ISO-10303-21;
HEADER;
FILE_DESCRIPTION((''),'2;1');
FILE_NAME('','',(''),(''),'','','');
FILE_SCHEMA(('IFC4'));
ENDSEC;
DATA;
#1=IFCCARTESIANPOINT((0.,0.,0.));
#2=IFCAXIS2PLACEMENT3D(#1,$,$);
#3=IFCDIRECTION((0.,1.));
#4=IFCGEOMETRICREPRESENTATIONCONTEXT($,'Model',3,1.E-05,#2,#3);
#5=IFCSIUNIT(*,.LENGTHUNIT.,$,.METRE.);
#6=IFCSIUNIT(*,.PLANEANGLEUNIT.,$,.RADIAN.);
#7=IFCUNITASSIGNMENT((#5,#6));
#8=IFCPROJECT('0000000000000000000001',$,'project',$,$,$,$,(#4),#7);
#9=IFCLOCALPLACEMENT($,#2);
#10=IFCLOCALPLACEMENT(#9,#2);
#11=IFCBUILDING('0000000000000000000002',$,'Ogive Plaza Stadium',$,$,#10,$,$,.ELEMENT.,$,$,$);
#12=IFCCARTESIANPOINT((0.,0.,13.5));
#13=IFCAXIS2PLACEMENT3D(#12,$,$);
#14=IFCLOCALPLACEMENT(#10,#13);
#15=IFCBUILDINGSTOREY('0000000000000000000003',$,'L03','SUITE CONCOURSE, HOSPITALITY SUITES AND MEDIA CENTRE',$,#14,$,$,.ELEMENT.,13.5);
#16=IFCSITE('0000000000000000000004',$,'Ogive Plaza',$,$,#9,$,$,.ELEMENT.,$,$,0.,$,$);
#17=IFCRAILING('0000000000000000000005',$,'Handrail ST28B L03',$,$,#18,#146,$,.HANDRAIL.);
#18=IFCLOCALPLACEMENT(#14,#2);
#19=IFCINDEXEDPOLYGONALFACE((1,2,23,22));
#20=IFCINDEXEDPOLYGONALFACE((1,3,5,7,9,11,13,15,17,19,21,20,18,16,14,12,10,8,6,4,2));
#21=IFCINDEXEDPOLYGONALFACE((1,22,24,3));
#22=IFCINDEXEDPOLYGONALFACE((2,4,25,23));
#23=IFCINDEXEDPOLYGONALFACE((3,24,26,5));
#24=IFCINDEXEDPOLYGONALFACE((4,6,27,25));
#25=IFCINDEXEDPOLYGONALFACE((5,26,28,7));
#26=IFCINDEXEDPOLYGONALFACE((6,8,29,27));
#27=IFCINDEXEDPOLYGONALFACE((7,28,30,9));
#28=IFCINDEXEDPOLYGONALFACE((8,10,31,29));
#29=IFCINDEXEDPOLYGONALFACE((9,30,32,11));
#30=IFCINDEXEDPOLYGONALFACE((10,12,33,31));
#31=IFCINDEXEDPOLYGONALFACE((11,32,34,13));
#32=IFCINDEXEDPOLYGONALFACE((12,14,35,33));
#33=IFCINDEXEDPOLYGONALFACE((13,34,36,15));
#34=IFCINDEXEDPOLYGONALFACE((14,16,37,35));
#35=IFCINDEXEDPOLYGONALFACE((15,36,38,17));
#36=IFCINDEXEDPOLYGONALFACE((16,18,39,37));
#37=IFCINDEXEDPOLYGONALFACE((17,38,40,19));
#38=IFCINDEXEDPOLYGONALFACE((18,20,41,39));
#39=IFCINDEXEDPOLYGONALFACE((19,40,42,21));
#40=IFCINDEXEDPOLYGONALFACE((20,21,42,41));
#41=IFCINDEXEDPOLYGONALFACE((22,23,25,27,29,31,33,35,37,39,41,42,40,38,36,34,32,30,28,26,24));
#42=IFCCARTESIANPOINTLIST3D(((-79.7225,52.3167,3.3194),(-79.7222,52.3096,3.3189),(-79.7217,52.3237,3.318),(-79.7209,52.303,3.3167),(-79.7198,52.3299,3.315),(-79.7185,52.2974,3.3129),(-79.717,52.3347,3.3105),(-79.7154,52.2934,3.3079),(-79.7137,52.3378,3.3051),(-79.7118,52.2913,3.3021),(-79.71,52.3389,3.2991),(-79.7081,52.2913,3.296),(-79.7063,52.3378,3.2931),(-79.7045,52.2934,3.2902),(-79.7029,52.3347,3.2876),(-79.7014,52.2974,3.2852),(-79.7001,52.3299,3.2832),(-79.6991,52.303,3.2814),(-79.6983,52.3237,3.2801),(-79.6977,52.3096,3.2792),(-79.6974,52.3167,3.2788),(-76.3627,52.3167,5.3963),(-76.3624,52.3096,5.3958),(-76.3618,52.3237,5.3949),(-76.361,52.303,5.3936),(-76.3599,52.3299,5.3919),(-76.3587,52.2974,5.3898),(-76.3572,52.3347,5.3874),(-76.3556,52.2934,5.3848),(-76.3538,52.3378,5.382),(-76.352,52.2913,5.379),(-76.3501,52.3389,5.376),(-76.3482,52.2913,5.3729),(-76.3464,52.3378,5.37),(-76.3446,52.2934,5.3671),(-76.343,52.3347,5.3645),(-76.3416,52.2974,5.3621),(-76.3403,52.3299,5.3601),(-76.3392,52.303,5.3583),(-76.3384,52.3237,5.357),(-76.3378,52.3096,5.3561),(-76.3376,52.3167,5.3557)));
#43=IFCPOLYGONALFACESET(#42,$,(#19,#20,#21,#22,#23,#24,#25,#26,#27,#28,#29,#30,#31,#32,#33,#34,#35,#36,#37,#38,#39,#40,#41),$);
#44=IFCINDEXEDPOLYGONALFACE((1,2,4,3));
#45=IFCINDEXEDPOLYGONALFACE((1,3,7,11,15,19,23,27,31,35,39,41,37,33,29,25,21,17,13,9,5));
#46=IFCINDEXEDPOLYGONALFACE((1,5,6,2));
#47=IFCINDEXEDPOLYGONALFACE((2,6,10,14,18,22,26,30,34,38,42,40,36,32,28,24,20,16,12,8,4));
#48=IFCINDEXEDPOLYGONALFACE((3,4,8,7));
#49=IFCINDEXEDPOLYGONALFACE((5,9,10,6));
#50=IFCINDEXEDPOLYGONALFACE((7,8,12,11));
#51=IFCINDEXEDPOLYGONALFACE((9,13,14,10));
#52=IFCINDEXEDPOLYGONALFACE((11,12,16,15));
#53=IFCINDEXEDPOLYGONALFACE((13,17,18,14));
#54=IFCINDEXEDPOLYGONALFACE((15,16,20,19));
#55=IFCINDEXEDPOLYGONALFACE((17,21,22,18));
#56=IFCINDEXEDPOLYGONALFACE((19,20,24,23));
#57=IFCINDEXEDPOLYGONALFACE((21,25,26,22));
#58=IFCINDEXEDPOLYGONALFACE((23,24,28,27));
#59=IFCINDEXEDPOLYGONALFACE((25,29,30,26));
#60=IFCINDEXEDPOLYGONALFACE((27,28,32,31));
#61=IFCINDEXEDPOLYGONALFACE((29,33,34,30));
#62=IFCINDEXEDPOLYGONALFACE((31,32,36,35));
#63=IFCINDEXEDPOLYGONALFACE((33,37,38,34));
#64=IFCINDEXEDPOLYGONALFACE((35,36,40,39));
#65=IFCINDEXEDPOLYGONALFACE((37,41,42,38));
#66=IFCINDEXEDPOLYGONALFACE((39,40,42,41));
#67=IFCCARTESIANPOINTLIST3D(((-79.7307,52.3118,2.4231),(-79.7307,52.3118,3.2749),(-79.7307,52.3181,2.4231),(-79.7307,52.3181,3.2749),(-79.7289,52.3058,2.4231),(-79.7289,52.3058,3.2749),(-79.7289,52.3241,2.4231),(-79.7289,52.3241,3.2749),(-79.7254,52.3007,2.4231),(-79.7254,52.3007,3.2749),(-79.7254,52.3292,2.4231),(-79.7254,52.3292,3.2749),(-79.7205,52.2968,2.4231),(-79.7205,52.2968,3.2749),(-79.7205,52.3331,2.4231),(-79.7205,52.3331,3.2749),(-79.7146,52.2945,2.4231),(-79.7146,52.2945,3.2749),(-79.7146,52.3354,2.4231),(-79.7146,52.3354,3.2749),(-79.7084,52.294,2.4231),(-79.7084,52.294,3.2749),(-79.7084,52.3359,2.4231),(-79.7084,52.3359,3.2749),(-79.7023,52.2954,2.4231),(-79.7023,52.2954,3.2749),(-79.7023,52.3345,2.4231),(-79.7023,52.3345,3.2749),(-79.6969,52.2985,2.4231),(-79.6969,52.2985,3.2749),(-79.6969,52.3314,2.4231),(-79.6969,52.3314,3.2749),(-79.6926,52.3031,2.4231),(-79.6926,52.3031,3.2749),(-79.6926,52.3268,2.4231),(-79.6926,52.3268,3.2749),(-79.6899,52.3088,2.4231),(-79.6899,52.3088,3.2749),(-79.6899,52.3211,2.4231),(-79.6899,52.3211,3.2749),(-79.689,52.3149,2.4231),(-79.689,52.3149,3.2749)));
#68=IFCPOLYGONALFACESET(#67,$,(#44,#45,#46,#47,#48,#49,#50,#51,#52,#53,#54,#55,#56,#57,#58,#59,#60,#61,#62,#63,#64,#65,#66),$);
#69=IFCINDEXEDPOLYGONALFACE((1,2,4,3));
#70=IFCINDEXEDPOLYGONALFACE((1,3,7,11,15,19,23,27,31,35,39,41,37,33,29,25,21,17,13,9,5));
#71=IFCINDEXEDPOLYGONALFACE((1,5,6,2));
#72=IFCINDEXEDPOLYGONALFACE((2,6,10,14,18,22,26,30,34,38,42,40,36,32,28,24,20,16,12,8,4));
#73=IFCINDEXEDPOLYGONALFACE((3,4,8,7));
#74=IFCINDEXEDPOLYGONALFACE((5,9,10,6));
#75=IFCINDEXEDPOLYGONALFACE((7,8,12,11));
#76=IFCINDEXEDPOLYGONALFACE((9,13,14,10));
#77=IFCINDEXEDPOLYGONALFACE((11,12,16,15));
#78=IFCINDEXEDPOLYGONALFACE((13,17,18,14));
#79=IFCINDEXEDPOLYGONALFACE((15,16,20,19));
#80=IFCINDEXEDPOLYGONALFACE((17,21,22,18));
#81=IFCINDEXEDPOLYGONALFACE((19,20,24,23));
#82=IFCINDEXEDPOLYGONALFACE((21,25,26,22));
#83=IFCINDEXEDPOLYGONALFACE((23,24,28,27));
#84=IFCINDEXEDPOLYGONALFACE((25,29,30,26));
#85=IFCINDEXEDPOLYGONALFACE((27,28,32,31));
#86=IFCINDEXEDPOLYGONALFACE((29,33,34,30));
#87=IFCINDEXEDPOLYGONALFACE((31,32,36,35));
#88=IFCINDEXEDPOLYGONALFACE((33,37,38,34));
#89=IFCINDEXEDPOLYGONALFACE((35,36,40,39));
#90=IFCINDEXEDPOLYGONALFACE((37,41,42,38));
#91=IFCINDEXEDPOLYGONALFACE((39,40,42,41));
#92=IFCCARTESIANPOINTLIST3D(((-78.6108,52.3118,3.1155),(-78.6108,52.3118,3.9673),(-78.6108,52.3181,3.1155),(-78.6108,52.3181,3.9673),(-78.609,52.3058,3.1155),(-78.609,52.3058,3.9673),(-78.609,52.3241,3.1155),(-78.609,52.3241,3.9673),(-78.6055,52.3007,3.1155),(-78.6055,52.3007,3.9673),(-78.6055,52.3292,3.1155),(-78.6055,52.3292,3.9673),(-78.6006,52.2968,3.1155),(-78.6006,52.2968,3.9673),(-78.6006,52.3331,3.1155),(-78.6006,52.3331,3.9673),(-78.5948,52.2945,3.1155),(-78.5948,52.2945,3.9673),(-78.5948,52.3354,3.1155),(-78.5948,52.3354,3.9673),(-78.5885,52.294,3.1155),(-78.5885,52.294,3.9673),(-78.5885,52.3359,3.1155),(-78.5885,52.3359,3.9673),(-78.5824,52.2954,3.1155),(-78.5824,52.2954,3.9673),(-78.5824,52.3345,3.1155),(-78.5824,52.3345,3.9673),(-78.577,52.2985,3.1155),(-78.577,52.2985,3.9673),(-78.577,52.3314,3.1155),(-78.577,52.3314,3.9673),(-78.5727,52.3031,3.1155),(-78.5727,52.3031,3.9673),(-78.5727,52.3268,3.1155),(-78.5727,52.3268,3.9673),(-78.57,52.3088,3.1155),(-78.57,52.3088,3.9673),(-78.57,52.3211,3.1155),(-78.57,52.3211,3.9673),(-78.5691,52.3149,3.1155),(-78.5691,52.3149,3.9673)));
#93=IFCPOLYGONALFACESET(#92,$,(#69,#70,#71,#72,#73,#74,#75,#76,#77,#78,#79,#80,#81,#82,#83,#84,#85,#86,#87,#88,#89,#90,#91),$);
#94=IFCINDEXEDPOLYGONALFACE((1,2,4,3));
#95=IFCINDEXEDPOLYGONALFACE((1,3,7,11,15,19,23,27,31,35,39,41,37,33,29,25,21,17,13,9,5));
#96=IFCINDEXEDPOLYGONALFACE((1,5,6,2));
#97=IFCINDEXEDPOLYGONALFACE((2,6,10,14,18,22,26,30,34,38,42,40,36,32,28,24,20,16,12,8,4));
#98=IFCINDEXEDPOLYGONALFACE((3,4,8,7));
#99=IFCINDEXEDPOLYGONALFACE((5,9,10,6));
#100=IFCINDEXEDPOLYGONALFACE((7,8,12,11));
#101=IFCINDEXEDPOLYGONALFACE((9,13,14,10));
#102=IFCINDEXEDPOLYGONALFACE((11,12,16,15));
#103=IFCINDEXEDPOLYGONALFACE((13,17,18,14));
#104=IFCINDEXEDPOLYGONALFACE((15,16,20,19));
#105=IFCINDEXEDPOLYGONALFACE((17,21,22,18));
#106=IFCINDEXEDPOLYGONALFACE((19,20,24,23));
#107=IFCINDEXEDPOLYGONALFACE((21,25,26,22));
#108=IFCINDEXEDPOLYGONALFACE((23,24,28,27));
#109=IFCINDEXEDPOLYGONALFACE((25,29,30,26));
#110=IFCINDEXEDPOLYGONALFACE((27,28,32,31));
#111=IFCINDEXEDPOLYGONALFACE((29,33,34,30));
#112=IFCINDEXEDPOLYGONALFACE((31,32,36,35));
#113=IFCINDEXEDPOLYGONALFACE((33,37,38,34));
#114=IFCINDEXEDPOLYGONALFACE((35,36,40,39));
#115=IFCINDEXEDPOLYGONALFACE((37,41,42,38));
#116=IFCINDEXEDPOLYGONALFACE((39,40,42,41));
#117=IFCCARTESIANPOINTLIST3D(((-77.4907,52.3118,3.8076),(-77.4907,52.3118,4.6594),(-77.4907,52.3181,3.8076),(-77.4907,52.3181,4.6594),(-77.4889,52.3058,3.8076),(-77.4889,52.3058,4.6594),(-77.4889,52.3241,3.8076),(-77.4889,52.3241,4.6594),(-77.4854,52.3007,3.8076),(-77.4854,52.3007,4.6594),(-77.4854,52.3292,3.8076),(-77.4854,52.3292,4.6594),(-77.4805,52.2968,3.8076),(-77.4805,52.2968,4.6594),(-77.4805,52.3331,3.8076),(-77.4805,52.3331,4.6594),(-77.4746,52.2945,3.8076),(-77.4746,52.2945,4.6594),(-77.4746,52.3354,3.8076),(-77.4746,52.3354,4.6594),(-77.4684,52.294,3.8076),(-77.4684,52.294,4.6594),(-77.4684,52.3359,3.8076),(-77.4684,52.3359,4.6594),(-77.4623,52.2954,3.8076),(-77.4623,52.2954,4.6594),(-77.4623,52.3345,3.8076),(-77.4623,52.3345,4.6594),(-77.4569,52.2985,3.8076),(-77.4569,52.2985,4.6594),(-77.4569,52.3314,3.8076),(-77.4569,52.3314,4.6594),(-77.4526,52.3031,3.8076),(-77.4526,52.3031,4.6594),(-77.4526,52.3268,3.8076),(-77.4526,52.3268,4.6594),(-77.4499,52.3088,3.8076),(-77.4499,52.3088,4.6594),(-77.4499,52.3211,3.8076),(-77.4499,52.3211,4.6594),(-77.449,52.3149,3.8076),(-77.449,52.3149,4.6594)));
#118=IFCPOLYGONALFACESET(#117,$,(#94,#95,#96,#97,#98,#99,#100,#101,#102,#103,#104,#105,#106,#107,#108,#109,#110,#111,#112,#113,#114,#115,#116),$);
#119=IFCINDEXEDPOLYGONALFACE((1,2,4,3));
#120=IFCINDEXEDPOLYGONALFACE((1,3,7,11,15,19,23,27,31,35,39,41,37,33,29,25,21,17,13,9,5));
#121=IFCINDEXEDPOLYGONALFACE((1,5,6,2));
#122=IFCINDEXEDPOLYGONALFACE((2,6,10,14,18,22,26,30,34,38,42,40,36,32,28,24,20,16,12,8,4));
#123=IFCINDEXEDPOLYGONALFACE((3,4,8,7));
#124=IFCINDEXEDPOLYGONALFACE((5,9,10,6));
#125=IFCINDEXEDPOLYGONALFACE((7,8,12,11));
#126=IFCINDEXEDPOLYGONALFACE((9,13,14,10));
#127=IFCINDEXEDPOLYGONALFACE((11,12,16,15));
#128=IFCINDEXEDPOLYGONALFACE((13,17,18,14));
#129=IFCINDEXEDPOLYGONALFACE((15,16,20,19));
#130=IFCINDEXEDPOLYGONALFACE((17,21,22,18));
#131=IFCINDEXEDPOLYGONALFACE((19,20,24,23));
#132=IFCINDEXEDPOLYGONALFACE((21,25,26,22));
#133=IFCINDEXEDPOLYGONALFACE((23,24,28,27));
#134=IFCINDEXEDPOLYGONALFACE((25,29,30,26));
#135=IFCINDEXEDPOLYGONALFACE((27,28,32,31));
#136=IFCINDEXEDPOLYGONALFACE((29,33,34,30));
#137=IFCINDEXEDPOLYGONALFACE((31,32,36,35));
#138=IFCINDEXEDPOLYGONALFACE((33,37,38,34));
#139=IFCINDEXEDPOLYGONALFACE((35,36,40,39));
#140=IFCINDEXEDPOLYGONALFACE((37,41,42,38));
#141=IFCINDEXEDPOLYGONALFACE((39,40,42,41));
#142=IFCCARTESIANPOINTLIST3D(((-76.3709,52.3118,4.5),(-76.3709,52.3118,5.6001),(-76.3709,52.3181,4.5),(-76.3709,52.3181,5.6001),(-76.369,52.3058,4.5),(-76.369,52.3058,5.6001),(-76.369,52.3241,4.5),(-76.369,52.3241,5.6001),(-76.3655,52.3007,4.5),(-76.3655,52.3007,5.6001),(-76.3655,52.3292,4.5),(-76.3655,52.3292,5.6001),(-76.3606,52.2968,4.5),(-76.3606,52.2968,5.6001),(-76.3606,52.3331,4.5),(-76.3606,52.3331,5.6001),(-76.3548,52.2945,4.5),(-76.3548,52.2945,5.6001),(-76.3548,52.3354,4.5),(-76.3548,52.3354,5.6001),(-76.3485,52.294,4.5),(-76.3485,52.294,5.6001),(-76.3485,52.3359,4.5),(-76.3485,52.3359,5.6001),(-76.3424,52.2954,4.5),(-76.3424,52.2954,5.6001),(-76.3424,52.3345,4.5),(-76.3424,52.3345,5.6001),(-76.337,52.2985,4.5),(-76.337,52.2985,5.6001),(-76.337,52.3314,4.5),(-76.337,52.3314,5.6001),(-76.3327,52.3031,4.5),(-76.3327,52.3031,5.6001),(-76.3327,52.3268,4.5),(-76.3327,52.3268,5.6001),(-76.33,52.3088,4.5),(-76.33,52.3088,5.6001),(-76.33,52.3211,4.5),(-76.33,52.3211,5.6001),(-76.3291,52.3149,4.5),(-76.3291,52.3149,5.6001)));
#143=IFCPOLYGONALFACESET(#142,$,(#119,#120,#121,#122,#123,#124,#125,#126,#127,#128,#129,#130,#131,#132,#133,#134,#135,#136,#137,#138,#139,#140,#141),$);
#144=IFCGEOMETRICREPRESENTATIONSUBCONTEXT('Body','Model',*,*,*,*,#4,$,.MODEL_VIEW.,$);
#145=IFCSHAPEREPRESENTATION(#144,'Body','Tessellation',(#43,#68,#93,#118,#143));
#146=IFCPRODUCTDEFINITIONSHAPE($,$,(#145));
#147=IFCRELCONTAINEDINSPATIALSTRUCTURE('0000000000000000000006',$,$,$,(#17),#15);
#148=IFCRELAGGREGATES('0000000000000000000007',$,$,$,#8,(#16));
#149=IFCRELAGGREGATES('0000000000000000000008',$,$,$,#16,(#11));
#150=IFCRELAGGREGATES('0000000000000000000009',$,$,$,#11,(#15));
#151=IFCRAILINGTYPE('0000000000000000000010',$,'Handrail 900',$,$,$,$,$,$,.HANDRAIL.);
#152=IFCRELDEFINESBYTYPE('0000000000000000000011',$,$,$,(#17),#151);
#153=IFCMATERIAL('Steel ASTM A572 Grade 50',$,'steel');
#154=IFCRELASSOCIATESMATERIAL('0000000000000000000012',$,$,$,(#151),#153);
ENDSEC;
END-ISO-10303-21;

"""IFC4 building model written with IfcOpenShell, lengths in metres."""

from ifc_helpers import new_model, si_unit, direction, frame, origin, origin_2d, place, context, subcontext, project, spatial, circle, extrude, material, type_object, element, save


model = new_model("IFC4")

# Units and contexts
model_context = context("Model", 3, precision=1e-05, world=origin(), true_north=direction((0.0, 1.0)))
body_context = subcontext(model_context, "Body", "Model", "MODEL_VIEW")
ifc_project = project(units=[si_unit("LENGTHUNIT", "METRE"), si_unit("PLANEANGLEUNIT", "RADIAN")], contexts=[model_context])

# Site, building, storey
site_placement = place(None, origin())
site = spatial("IfcSite", under=ifc_project, at=site_placement, Name="Ogive Plaza", CompositionType="ELEMENT", RefElevation=0.0)
building_placement = place(site_placement, origin())
building = spatial("IfcBuilding", under=site, at=building_placement, Name="Ogive Plaza Stadium", CompositionType="ELEMENT")
storey_placement = place(building_placement, frame((0.0, 0.0, 13.5)))
storey = spatial("IfcBuildingStorey", under=building, at=storey_placement, Name="L03", Description="SUITE CONCOURSE, HOSPITALITY SUITES AND MEDIA CENTRE", CompositionType="ELEMENT", Elevation=13.5)

# Railing
ifc_material_1 = material(Name="Steel ASTM A572 Grade 50", Category="steel")
railing_type_1 = type_object("IfcRailingType", Name="Handrail 900", PredefinedType="HANDRAIL", material=ifc_material_1)
for number, where, name in (
    (1, (-79.71, 52.3149, 2.4231), "Handrail ST28B L03"),
):
    element("IfcRailing", number, at=place(storey_placement, frame(where)), inside=storey, type_object=railing_type_1, Name=name, PredefinedType="HANDRAIL", context=body_context, shape_type="SweptSolid", body=[
        extrude(circle(Radius=0.0239, at=origin_2d()), frame((0.0, 0.0, 0.876), z_axis=(0.850606, 0.0, 0.525803), x_axis=(0.0, 1.0, 0.0)), (0.0, 0.0, 1.0), 3.95),
        extrude(circle(Radius=0.021, at=origin_2d()), origin(), (0.0, 0.0, 1.0), 0.8518),
        extrude(circle(Radius=0.021, at=origin_2d()), frame((1.1199, 0.0, 0.6924)), (0.0, 0.0, 1.0), 0.8518),
        extrude(circle(Radius=0.021, at=origin_2d()), frame((2.24, 0.0, 1.3845)), (0.0, 0.0, 1.0), 0.8518),
        extrude(circle(Radius=0.021, at=origin_2d()), frame((3.3599, 0.0, 2.0769)), (0.0, 0.0, 1.0), 1.1001),
    ])

save(model, "model.ifc")
